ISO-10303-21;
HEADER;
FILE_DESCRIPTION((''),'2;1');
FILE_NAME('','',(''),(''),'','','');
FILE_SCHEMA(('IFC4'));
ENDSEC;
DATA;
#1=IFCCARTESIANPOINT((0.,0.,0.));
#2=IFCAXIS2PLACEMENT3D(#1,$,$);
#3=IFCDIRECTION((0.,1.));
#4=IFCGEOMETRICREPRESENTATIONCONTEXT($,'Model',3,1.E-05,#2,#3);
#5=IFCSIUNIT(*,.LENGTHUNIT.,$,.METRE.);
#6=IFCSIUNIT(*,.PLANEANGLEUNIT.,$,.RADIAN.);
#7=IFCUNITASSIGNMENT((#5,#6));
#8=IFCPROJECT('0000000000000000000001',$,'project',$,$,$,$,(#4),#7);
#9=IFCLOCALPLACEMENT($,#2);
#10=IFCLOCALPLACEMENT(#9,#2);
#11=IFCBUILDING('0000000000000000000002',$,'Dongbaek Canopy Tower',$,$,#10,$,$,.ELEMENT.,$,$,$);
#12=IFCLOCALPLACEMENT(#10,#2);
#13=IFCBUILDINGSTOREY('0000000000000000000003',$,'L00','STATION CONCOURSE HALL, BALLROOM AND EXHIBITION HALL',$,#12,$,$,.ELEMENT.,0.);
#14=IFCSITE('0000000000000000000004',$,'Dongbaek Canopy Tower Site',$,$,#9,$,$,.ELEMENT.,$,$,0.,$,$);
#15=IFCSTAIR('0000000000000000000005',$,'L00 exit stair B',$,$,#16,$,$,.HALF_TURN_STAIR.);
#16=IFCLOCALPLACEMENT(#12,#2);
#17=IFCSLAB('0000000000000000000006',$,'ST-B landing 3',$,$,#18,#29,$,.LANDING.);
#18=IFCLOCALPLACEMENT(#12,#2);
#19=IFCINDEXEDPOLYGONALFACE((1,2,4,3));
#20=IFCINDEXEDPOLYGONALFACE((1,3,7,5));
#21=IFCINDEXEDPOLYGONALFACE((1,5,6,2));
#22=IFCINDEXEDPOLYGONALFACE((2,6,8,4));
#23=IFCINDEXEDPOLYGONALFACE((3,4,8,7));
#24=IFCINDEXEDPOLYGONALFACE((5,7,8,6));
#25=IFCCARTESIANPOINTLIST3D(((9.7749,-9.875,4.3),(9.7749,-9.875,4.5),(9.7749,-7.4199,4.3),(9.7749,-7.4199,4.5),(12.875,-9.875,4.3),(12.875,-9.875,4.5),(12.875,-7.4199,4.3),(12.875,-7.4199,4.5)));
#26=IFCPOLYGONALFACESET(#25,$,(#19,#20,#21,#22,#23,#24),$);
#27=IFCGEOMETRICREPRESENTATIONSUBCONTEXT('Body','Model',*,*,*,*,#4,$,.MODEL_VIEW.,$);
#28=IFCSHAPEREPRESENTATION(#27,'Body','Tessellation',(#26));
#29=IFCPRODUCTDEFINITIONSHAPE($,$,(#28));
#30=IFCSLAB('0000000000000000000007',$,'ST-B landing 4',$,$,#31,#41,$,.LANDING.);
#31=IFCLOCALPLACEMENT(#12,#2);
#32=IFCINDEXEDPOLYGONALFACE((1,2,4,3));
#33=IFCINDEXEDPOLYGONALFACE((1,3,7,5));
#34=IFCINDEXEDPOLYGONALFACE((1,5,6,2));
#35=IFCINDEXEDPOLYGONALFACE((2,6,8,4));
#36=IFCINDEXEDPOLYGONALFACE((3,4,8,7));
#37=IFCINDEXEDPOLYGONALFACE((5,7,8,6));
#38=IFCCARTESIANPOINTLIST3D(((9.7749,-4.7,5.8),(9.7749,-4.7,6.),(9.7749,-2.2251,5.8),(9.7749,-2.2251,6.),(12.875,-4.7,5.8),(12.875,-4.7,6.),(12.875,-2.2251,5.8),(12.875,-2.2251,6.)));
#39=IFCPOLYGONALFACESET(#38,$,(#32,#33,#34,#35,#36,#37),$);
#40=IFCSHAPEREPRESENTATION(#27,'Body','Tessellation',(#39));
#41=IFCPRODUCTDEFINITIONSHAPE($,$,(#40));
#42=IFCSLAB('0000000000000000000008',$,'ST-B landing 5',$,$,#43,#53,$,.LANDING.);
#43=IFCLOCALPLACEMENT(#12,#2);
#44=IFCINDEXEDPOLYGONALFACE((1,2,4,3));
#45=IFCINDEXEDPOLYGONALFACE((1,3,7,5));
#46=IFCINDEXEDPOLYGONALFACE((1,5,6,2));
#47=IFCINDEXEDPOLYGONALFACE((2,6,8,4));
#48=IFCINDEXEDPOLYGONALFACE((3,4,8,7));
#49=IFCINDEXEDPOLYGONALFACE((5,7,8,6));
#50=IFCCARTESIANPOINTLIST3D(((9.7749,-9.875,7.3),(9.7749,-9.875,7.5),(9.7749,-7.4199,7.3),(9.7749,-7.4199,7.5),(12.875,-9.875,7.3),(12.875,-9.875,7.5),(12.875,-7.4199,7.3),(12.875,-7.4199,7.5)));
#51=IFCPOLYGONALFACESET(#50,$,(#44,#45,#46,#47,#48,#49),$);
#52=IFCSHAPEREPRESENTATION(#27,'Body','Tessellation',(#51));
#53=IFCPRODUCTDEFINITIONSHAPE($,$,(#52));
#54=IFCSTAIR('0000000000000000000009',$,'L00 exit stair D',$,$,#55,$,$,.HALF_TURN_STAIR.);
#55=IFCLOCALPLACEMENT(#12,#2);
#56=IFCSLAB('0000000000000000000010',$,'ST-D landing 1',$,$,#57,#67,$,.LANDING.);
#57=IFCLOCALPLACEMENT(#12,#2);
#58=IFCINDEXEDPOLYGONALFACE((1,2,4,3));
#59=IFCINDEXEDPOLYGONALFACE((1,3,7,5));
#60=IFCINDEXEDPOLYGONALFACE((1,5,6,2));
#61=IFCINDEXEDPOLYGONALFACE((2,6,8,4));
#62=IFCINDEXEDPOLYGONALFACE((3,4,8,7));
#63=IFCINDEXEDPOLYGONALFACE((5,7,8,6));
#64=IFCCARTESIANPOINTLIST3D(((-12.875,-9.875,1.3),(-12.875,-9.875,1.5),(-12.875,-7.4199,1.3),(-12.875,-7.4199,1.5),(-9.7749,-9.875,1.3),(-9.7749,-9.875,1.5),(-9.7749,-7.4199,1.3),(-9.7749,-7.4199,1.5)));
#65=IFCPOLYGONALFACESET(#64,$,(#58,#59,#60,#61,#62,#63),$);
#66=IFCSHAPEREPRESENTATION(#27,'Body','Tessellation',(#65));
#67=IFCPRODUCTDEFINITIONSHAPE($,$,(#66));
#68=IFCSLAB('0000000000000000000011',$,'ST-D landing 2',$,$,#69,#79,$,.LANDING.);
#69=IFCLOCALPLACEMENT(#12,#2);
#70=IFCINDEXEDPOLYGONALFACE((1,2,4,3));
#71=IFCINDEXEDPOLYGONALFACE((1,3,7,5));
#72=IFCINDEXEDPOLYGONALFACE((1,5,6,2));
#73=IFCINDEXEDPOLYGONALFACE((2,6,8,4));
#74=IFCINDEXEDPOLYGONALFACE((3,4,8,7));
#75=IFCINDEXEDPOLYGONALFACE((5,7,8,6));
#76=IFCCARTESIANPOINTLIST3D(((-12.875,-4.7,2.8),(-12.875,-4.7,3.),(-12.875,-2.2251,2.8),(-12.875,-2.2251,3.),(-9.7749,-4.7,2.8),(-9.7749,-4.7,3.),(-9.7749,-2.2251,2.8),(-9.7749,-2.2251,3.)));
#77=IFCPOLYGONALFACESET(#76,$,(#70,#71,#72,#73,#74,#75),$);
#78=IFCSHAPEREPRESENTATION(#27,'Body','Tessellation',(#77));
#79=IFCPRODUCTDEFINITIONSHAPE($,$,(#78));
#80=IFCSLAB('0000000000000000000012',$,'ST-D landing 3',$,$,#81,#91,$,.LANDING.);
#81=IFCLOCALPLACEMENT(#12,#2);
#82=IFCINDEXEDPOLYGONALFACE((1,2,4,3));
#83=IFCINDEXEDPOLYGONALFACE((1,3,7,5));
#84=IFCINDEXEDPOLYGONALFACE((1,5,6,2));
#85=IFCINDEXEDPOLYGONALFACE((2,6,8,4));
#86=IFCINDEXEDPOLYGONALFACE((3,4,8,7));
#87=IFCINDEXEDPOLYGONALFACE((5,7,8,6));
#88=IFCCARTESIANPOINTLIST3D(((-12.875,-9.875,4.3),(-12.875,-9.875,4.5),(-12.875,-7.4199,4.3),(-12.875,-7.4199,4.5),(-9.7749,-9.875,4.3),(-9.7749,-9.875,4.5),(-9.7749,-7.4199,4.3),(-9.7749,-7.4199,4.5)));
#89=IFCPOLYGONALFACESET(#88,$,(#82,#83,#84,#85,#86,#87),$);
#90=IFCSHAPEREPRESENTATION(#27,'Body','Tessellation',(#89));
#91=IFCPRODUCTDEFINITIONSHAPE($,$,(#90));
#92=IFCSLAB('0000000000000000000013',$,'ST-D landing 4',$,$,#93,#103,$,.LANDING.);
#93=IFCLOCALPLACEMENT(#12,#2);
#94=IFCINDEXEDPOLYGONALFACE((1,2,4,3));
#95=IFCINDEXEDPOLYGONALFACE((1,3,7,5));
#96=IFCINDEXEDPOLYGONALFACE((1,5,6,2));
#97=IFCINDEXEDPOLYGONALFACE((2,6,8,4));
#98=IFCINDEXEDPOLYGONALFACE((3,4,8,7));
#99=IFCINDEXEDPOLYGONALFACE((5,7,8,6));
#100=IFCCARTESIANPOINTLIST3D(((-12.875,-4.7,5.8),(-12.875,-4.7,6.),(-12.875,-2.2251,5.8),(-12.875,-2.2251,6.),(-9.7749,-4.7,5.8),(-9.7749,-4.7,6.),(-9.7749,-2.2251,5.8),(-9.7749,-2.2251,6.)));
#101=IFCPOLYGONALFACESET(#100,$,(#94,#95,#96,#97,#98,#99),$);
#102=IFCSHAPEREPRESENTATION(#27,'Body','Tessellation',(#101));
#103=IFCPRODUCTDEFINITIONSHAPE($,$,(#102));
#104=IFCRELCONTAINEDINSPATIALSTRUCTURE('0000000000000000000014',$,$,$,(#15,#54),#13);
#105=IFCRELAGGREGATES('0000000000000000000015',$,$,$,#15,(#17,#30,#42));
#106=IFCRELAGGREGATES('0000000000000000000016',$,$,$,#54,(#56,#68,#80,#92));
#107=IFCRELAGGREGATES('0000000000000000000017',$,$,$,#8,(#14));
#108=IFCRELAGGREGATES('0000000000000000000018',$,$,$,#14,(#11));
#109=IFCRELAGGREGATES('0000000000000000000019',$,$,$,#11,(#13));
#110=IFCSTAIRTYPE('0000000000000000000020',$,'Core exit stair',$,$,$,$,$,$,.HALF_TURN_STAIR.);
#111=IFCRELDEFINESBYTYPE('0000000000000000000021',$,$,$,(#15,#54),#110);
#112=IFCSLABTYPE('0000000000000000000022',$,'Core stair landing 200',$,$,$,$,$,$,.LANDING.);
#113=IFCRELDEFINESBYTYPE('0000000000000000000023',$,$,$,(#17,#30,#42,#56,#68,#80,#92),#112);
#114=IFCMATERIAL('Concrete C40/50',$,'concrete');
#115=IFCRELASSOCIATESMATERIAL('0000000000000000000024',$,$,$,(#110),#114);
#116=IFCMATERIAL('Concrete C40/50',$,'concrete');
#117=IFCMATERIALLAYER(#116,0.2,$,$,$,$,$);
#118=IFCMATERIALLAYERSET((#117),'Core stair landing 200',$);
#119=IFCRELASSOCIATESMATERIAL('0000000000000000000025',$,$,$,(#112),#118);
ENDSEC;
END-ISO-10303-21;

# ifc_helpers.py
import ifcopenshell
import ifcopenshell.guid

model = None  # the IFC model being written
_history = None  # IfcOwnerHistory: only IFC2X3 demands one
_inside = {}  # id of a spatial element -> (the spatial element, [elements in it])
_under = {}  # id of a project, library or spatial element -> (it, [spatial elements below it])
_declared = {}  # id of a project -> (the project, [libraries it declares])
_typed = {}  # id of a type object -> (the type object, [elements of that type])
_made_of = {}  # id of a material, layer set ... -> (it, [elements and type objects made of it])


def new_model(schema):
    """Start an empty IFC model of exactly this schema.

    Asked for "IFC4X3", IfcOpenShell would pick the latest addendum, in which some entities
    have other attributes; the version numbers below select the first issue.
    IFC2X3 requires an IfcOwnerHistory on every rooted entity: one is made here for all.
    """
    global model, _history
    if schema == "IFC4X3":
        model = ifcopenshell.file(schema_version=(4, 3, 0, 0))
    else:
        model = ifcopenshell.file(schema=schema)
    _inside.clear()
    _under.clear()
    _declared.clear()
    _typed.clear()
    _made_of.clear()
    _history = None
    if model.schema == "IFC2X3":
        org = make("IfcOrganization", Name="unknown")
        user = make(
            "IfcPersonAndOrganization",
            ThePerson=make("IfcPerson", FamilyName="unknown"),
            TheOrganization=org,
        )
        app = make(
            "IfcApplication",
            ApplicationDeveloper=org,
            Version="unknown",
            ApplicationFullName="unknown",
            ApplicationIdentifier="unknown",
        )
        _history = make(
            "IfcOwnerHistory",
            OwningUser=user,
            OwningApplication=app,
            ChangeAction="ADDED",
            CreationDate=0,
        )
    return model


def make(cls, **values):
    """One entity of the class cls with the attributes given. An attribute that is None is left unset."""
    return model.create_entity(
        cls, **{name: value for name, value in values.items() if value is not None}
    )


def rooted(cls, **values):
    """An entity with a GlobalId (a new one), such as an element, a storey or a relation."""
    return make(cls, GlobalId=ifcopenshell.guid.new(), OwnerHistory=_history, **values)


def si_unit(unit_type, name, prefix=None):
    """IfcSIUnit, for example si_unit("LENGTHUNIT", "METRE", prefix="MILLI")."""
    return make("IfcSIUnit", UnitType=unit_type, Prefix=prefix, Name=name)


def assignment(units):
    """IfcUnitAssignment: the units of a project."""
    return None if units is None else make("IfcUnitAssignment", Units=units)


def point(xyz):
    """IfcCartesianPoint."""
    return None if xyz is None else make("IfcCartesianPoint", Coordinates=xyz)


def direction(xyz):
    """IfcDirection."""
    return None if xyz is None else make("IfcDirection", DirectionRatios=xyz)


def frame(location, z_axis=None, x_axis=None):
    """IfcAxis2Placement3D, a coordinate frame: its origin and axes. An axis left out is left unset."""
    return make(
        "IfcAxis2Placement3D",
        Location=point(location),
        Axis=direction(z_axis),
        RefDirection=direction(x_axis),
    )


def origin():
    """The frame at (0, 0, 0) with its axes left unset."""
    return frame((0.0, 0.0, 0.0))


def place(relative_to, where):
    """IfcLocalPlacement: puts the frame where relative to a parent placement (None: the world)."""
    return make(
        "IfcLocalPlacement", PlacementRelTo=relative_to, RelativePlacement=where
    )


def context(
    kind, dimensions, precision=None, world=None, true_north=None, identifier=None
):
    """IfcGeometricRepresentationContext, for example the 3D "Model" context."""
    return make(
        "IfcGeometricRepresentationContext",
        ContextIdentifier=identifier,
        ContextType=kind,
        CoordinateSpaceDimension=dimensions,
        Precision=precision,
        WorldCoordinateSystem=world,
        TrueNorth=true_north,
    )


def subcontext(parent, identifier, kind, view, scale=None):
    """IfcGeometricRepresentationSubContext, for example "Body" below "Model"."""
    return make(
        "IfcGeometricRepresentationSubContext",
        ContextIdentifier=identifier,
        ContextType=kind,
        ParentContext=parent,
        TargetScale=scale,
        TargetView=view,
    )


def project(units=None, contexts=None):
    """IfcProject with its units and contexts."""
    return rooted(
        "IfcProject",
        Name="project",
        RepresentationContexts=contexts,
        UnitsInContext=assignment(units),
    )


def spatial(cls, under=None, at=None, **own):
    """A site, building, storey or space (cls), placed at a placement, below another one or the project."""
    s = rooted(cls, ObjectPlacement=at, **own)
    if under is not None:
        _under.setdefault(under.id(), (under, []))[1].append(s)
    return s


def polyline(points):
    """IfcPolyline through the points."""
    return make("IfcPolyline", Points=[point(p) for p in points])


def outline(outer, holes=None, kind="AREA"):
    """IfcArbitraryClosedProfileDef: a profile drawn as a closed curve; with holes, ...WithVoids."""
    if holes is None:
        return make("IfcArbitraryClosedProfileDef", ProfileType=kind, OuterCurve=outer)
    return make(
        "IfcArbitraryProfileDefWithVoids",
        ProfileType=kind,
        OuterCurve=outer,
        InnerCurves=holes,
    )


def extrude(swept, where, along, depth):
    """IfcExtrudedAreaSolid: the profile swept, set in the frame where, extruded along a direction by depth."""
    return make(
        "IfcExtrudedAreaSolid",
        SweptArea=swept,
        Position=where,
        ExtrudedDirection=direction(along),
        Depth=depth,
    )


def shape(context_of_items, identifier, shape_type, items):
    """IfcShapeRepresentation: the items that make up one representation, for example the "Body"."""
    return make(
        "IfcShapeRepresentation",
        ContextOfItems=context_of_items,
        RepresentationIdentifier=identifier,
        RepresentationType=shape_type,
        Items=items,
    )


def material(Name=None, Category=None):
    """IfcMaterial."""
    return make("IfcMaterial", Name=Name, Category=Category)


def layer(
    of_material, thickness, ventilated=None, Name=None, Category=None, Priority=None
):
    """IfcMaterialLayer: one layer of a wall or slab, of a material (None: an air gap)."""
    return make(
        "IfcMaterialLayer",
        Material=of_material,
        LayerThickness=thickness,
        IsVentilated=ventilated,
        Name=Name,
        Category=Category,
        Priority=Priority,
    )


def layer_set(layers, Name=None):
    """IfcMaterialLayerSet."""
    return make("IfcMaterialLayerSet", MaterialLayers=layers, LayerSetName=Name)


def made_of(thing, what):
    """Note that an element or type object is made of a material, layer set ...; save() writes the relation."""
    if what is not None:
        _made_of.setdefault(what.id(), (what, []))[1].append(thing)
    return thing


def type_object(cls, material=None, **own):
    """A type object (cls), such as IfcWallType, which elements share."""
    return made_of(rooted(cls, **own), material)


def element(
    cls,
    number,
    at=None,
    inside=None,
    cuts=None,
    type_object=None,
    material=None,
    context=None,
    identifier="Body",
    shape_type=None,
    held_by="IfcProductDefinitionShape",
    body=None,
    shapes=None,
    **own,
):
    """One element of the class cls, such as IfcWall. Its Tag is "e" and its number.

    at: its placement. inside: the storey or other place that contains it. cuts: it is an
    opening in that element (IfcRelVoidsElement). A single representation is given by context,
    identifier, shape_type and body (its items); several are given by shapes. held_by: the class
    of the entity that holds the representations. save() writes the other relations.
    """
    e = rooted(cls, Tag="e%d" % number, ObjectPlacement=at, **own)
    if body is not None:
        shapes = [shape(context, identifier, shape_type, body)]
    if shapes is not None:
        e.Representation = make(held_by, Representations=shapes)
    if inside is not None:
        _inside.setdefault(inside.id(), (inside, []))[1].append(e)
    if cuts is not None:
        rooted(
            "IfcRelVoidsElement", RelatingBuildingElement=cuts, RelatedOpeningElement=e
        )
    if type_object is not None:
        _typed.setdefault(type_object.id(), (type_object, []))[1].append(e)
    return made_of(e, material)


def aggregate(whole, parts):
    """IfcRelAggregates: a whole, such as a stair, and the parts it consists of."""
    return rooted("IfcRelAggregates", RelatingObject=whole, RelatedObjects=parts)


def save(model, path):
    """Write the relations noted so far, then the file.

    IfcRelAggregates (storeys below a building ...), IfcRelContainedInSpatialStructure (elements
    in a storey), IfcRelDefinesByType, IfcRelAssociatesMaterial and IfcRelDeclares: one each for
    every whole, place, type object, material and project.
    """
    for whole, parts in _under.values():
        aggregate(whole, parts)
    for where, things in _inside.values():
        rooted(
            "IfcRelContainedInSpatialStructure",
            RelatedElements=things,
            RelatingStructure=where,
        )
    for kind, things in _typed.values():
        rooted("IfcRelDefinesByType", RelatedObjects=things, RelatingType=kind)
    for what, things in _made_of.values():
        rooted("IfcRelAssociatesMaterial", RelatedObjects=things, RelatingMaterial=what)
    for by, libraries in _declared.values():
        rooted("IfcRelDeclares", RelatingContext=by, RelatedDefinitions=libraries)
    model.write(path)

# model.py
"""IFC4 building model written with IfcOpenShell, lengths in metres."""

from ifc_helpers import new_model, si_unit, direction, frame, origin, place, context, subcontext, project, spatial, polyline, outline, extrude, material, layer, layer_set, type_object, element, aggregate, save


model = new_model("IFC4")

# Units and contexts
model_context = context("Model", 3, precision=1e-05, world=origin(), true_north=direction((0.0, 1.0)))
body_context = subcontext(model_context, "Body", "Model", "MODEL_VIEW")
ifc_project = project(units=[si_unit("LENGTHUNIT", "METRE"), si_unit("PLANEANGLEUNIT", "RADIAN")], contexts=[model_context])

# Site, building, storey
site_placement = place(None, origin())
site = spatial("IfcSite", under=ifc_project, at=site_placement, Name="Dongbaek Canopy Tower Site", CompositionType="ELEMENT", RefElevation=0.0)
building_placement = place(site_placement, origin())
building = spatial("IfcBuilding", under=site, at=building_placement, Name="Dongbaek Canopy Tower", CompositionType="ELEMENT")
storey_placement = place(building_placement, origin())
storey = spatial("IfcBuildingStorey", under=building, at=storey_placement, Name="L00", Description="STATION CONCOURSE HALL, BALLROOM AND EXHIBITION HALL", CompositionType="ELEMENT", Elevation=0.0)

# Stairs, slabs
ifc_material_1 = material(Name="Concrete C40/50", Category="concrete")
stair_type = type_object("IfcStairType", Name="Core exit stair", PredefinedType="HALF_TURN_STAIR", material=ifc_material_1)
stair_1_placement = place(storey_placement, origin())
stair_1 = element("IfcStair", 1, at=stair_1_placement, inside=storey, type_object=stair_type, Name="L00 exit stair B", PredefinedType="HALF_TURN_STAIR")
ifc_material_2 = material(Name="Concrete C40/50", Category="concrete")
ifc_layer_1 = layer(ifc_material_2, 0.2)
ifc_layer_set_1 = layer_set([ifc_layer_1], Name="Core stair landing 200")
slab_type = type_object("IfcSlabType", Name="Core stair landing 200", PredefinedType="LANDING", material=ifc_layer_set_1)
slab_1_placement = place(storey_placement, frame((0.0, 0.0, 4.3)))
slab_1 = element("IfcSlab", 2, at=slab_1_placement, type_object=slab_type, Name="ST-B landing 3", PredefinedType="LANDING", context=body_context, shape_type="SweptSolid", body=[
    extrude(outline(polyline([(9.7749, -7.4199), (9.7749, -9.875), (12.875, -9.875), (12.875, -7.4199), (9.7749, -7.4199)])), origin(), (0.0, 0.0, 1.0), 0.2),
])
slab_2_placement = place(storey_placement, frame((0.0, 0.0, 5.8)))
slab_2 = element("IfcSlab", 3, at=slab_2_placement, type_object=slab_type, Name="ST-B landing 4", PredefinedType="LANDING", context=body_context, shape_type="SweptSolid", body=[
    extrude(outline(polyline([(9.7749, -2.2251), (9.7749, -4.7), (12.875, -4.7), (12.875, -2.2251), (9.7749, -2.2251)])), origin(), (0.0, 0.0, 1.0), 0.2),
])
slab_3_placement = place(storey_placement, frame((0.0, 0.0, 7.3)))
slab_3 = element("IfcSlab", 4, at=slab_3_placement, type_object=slab_type, Name="ST-B landing 5", PredefinedType="LANDING", context=body_context, shape_type="SweptSolid", body=[
    extrude(outline(polyline([(9.7749, -7.4199), (9.7749, -9.875), (12.875, -9.875), (12.875, -7.4199), (9.7749, -7.4199)])), origin(), (0.0, 0.0, 1.0), 0.2),
])
aggregate(stair_1, [slab_1, slab_2, slab_3])
stair_2_placement = place(storey_placement, origin())
stair_2 = element("IfcStair", 5, at=stair_2_placement, inside=storey, type_object=stair_type, Name="L00 exit stair D", PredefinedType="HALF_TURN_STAIR")
slab_4_placement = place(storey_placement, frame((0.0, 0.0, 1.3)))
slab_4 = element("IfcSlab", 6, at=slab_4_placement, type_object=slab_type, Name="ST-D landing 1", PredefinedType="LANDING", context=body_context, shape_type="SweptSolid", body=[
    extrude(outline(polyline([(-12.875, -7.4199), (-12.875, -9.875), (-9.7749, -9.875), (-9.7749, -7.4199), (-12.875, -7.4199)])), origin(), (0.0, 0.0, 1.0), 0.2),
])
slab_5_placement = place(storey_placement, frame((0.0, 0.0, 2.8)))
slab_5 = element("IfcSlab", 7, at=slab_5_placement, type_object=slab_type, Name="ST-D landing 2", PredefinedType="LANDING", context=body_context, shape_type="SweptSolid", body=[
    extrude(outline(polyline([(-12.875, -2.2251), (-12.875, -4.7), (-9.7749, -4.7), (-9.7749, -2.2251), (-12.875, -2.2251)])), origin(), (0.0, 0.0, 1.0), 0.2),
])
slab_6_placement = place(storey_placement, frame((0.0, 0.0, 4.3)))
slab_6 = element("IfcSlab", 8, at=slab_6_placement, type_object=slab_type, Name="ST-D landing 3", PredefinedType="LANDING", context=body_context, shape_type="SweptSolid", body=[
    extrude(outline(polyline([(-12.875, -7.4199), (-12.875, -9.875), (-9.7749, -9.875), (-9.7749, -7.4199), (-12.875, -7.4199)])), origin(), (0.0, 0.0, 1.0), 0.2),
])
slab_7_placement = place(storey_placement, frame((0.0, 0.0, 5.8)))
slab_7 = element("IfcSlab", 9, at=slab_7_placement, type_object=slab_type, Name="ST-D landing 4", PredefinedType="LANDING", context=body_context, shape_type="SweptSolid", body=[
    extrude(outline(polyline([(-12.875, -2.2251), (-12.875, -4.7), (-9.7749, -4.7), (-9.7749, -2.2251), (-12.875, -2.2251)])), origin(), (0.0, 0.0, 1.0), 0.2),
])
aggregate(stair_2, [slab_4, slab_5, slab_6, slab_7])

save(model, "model.ifc")
